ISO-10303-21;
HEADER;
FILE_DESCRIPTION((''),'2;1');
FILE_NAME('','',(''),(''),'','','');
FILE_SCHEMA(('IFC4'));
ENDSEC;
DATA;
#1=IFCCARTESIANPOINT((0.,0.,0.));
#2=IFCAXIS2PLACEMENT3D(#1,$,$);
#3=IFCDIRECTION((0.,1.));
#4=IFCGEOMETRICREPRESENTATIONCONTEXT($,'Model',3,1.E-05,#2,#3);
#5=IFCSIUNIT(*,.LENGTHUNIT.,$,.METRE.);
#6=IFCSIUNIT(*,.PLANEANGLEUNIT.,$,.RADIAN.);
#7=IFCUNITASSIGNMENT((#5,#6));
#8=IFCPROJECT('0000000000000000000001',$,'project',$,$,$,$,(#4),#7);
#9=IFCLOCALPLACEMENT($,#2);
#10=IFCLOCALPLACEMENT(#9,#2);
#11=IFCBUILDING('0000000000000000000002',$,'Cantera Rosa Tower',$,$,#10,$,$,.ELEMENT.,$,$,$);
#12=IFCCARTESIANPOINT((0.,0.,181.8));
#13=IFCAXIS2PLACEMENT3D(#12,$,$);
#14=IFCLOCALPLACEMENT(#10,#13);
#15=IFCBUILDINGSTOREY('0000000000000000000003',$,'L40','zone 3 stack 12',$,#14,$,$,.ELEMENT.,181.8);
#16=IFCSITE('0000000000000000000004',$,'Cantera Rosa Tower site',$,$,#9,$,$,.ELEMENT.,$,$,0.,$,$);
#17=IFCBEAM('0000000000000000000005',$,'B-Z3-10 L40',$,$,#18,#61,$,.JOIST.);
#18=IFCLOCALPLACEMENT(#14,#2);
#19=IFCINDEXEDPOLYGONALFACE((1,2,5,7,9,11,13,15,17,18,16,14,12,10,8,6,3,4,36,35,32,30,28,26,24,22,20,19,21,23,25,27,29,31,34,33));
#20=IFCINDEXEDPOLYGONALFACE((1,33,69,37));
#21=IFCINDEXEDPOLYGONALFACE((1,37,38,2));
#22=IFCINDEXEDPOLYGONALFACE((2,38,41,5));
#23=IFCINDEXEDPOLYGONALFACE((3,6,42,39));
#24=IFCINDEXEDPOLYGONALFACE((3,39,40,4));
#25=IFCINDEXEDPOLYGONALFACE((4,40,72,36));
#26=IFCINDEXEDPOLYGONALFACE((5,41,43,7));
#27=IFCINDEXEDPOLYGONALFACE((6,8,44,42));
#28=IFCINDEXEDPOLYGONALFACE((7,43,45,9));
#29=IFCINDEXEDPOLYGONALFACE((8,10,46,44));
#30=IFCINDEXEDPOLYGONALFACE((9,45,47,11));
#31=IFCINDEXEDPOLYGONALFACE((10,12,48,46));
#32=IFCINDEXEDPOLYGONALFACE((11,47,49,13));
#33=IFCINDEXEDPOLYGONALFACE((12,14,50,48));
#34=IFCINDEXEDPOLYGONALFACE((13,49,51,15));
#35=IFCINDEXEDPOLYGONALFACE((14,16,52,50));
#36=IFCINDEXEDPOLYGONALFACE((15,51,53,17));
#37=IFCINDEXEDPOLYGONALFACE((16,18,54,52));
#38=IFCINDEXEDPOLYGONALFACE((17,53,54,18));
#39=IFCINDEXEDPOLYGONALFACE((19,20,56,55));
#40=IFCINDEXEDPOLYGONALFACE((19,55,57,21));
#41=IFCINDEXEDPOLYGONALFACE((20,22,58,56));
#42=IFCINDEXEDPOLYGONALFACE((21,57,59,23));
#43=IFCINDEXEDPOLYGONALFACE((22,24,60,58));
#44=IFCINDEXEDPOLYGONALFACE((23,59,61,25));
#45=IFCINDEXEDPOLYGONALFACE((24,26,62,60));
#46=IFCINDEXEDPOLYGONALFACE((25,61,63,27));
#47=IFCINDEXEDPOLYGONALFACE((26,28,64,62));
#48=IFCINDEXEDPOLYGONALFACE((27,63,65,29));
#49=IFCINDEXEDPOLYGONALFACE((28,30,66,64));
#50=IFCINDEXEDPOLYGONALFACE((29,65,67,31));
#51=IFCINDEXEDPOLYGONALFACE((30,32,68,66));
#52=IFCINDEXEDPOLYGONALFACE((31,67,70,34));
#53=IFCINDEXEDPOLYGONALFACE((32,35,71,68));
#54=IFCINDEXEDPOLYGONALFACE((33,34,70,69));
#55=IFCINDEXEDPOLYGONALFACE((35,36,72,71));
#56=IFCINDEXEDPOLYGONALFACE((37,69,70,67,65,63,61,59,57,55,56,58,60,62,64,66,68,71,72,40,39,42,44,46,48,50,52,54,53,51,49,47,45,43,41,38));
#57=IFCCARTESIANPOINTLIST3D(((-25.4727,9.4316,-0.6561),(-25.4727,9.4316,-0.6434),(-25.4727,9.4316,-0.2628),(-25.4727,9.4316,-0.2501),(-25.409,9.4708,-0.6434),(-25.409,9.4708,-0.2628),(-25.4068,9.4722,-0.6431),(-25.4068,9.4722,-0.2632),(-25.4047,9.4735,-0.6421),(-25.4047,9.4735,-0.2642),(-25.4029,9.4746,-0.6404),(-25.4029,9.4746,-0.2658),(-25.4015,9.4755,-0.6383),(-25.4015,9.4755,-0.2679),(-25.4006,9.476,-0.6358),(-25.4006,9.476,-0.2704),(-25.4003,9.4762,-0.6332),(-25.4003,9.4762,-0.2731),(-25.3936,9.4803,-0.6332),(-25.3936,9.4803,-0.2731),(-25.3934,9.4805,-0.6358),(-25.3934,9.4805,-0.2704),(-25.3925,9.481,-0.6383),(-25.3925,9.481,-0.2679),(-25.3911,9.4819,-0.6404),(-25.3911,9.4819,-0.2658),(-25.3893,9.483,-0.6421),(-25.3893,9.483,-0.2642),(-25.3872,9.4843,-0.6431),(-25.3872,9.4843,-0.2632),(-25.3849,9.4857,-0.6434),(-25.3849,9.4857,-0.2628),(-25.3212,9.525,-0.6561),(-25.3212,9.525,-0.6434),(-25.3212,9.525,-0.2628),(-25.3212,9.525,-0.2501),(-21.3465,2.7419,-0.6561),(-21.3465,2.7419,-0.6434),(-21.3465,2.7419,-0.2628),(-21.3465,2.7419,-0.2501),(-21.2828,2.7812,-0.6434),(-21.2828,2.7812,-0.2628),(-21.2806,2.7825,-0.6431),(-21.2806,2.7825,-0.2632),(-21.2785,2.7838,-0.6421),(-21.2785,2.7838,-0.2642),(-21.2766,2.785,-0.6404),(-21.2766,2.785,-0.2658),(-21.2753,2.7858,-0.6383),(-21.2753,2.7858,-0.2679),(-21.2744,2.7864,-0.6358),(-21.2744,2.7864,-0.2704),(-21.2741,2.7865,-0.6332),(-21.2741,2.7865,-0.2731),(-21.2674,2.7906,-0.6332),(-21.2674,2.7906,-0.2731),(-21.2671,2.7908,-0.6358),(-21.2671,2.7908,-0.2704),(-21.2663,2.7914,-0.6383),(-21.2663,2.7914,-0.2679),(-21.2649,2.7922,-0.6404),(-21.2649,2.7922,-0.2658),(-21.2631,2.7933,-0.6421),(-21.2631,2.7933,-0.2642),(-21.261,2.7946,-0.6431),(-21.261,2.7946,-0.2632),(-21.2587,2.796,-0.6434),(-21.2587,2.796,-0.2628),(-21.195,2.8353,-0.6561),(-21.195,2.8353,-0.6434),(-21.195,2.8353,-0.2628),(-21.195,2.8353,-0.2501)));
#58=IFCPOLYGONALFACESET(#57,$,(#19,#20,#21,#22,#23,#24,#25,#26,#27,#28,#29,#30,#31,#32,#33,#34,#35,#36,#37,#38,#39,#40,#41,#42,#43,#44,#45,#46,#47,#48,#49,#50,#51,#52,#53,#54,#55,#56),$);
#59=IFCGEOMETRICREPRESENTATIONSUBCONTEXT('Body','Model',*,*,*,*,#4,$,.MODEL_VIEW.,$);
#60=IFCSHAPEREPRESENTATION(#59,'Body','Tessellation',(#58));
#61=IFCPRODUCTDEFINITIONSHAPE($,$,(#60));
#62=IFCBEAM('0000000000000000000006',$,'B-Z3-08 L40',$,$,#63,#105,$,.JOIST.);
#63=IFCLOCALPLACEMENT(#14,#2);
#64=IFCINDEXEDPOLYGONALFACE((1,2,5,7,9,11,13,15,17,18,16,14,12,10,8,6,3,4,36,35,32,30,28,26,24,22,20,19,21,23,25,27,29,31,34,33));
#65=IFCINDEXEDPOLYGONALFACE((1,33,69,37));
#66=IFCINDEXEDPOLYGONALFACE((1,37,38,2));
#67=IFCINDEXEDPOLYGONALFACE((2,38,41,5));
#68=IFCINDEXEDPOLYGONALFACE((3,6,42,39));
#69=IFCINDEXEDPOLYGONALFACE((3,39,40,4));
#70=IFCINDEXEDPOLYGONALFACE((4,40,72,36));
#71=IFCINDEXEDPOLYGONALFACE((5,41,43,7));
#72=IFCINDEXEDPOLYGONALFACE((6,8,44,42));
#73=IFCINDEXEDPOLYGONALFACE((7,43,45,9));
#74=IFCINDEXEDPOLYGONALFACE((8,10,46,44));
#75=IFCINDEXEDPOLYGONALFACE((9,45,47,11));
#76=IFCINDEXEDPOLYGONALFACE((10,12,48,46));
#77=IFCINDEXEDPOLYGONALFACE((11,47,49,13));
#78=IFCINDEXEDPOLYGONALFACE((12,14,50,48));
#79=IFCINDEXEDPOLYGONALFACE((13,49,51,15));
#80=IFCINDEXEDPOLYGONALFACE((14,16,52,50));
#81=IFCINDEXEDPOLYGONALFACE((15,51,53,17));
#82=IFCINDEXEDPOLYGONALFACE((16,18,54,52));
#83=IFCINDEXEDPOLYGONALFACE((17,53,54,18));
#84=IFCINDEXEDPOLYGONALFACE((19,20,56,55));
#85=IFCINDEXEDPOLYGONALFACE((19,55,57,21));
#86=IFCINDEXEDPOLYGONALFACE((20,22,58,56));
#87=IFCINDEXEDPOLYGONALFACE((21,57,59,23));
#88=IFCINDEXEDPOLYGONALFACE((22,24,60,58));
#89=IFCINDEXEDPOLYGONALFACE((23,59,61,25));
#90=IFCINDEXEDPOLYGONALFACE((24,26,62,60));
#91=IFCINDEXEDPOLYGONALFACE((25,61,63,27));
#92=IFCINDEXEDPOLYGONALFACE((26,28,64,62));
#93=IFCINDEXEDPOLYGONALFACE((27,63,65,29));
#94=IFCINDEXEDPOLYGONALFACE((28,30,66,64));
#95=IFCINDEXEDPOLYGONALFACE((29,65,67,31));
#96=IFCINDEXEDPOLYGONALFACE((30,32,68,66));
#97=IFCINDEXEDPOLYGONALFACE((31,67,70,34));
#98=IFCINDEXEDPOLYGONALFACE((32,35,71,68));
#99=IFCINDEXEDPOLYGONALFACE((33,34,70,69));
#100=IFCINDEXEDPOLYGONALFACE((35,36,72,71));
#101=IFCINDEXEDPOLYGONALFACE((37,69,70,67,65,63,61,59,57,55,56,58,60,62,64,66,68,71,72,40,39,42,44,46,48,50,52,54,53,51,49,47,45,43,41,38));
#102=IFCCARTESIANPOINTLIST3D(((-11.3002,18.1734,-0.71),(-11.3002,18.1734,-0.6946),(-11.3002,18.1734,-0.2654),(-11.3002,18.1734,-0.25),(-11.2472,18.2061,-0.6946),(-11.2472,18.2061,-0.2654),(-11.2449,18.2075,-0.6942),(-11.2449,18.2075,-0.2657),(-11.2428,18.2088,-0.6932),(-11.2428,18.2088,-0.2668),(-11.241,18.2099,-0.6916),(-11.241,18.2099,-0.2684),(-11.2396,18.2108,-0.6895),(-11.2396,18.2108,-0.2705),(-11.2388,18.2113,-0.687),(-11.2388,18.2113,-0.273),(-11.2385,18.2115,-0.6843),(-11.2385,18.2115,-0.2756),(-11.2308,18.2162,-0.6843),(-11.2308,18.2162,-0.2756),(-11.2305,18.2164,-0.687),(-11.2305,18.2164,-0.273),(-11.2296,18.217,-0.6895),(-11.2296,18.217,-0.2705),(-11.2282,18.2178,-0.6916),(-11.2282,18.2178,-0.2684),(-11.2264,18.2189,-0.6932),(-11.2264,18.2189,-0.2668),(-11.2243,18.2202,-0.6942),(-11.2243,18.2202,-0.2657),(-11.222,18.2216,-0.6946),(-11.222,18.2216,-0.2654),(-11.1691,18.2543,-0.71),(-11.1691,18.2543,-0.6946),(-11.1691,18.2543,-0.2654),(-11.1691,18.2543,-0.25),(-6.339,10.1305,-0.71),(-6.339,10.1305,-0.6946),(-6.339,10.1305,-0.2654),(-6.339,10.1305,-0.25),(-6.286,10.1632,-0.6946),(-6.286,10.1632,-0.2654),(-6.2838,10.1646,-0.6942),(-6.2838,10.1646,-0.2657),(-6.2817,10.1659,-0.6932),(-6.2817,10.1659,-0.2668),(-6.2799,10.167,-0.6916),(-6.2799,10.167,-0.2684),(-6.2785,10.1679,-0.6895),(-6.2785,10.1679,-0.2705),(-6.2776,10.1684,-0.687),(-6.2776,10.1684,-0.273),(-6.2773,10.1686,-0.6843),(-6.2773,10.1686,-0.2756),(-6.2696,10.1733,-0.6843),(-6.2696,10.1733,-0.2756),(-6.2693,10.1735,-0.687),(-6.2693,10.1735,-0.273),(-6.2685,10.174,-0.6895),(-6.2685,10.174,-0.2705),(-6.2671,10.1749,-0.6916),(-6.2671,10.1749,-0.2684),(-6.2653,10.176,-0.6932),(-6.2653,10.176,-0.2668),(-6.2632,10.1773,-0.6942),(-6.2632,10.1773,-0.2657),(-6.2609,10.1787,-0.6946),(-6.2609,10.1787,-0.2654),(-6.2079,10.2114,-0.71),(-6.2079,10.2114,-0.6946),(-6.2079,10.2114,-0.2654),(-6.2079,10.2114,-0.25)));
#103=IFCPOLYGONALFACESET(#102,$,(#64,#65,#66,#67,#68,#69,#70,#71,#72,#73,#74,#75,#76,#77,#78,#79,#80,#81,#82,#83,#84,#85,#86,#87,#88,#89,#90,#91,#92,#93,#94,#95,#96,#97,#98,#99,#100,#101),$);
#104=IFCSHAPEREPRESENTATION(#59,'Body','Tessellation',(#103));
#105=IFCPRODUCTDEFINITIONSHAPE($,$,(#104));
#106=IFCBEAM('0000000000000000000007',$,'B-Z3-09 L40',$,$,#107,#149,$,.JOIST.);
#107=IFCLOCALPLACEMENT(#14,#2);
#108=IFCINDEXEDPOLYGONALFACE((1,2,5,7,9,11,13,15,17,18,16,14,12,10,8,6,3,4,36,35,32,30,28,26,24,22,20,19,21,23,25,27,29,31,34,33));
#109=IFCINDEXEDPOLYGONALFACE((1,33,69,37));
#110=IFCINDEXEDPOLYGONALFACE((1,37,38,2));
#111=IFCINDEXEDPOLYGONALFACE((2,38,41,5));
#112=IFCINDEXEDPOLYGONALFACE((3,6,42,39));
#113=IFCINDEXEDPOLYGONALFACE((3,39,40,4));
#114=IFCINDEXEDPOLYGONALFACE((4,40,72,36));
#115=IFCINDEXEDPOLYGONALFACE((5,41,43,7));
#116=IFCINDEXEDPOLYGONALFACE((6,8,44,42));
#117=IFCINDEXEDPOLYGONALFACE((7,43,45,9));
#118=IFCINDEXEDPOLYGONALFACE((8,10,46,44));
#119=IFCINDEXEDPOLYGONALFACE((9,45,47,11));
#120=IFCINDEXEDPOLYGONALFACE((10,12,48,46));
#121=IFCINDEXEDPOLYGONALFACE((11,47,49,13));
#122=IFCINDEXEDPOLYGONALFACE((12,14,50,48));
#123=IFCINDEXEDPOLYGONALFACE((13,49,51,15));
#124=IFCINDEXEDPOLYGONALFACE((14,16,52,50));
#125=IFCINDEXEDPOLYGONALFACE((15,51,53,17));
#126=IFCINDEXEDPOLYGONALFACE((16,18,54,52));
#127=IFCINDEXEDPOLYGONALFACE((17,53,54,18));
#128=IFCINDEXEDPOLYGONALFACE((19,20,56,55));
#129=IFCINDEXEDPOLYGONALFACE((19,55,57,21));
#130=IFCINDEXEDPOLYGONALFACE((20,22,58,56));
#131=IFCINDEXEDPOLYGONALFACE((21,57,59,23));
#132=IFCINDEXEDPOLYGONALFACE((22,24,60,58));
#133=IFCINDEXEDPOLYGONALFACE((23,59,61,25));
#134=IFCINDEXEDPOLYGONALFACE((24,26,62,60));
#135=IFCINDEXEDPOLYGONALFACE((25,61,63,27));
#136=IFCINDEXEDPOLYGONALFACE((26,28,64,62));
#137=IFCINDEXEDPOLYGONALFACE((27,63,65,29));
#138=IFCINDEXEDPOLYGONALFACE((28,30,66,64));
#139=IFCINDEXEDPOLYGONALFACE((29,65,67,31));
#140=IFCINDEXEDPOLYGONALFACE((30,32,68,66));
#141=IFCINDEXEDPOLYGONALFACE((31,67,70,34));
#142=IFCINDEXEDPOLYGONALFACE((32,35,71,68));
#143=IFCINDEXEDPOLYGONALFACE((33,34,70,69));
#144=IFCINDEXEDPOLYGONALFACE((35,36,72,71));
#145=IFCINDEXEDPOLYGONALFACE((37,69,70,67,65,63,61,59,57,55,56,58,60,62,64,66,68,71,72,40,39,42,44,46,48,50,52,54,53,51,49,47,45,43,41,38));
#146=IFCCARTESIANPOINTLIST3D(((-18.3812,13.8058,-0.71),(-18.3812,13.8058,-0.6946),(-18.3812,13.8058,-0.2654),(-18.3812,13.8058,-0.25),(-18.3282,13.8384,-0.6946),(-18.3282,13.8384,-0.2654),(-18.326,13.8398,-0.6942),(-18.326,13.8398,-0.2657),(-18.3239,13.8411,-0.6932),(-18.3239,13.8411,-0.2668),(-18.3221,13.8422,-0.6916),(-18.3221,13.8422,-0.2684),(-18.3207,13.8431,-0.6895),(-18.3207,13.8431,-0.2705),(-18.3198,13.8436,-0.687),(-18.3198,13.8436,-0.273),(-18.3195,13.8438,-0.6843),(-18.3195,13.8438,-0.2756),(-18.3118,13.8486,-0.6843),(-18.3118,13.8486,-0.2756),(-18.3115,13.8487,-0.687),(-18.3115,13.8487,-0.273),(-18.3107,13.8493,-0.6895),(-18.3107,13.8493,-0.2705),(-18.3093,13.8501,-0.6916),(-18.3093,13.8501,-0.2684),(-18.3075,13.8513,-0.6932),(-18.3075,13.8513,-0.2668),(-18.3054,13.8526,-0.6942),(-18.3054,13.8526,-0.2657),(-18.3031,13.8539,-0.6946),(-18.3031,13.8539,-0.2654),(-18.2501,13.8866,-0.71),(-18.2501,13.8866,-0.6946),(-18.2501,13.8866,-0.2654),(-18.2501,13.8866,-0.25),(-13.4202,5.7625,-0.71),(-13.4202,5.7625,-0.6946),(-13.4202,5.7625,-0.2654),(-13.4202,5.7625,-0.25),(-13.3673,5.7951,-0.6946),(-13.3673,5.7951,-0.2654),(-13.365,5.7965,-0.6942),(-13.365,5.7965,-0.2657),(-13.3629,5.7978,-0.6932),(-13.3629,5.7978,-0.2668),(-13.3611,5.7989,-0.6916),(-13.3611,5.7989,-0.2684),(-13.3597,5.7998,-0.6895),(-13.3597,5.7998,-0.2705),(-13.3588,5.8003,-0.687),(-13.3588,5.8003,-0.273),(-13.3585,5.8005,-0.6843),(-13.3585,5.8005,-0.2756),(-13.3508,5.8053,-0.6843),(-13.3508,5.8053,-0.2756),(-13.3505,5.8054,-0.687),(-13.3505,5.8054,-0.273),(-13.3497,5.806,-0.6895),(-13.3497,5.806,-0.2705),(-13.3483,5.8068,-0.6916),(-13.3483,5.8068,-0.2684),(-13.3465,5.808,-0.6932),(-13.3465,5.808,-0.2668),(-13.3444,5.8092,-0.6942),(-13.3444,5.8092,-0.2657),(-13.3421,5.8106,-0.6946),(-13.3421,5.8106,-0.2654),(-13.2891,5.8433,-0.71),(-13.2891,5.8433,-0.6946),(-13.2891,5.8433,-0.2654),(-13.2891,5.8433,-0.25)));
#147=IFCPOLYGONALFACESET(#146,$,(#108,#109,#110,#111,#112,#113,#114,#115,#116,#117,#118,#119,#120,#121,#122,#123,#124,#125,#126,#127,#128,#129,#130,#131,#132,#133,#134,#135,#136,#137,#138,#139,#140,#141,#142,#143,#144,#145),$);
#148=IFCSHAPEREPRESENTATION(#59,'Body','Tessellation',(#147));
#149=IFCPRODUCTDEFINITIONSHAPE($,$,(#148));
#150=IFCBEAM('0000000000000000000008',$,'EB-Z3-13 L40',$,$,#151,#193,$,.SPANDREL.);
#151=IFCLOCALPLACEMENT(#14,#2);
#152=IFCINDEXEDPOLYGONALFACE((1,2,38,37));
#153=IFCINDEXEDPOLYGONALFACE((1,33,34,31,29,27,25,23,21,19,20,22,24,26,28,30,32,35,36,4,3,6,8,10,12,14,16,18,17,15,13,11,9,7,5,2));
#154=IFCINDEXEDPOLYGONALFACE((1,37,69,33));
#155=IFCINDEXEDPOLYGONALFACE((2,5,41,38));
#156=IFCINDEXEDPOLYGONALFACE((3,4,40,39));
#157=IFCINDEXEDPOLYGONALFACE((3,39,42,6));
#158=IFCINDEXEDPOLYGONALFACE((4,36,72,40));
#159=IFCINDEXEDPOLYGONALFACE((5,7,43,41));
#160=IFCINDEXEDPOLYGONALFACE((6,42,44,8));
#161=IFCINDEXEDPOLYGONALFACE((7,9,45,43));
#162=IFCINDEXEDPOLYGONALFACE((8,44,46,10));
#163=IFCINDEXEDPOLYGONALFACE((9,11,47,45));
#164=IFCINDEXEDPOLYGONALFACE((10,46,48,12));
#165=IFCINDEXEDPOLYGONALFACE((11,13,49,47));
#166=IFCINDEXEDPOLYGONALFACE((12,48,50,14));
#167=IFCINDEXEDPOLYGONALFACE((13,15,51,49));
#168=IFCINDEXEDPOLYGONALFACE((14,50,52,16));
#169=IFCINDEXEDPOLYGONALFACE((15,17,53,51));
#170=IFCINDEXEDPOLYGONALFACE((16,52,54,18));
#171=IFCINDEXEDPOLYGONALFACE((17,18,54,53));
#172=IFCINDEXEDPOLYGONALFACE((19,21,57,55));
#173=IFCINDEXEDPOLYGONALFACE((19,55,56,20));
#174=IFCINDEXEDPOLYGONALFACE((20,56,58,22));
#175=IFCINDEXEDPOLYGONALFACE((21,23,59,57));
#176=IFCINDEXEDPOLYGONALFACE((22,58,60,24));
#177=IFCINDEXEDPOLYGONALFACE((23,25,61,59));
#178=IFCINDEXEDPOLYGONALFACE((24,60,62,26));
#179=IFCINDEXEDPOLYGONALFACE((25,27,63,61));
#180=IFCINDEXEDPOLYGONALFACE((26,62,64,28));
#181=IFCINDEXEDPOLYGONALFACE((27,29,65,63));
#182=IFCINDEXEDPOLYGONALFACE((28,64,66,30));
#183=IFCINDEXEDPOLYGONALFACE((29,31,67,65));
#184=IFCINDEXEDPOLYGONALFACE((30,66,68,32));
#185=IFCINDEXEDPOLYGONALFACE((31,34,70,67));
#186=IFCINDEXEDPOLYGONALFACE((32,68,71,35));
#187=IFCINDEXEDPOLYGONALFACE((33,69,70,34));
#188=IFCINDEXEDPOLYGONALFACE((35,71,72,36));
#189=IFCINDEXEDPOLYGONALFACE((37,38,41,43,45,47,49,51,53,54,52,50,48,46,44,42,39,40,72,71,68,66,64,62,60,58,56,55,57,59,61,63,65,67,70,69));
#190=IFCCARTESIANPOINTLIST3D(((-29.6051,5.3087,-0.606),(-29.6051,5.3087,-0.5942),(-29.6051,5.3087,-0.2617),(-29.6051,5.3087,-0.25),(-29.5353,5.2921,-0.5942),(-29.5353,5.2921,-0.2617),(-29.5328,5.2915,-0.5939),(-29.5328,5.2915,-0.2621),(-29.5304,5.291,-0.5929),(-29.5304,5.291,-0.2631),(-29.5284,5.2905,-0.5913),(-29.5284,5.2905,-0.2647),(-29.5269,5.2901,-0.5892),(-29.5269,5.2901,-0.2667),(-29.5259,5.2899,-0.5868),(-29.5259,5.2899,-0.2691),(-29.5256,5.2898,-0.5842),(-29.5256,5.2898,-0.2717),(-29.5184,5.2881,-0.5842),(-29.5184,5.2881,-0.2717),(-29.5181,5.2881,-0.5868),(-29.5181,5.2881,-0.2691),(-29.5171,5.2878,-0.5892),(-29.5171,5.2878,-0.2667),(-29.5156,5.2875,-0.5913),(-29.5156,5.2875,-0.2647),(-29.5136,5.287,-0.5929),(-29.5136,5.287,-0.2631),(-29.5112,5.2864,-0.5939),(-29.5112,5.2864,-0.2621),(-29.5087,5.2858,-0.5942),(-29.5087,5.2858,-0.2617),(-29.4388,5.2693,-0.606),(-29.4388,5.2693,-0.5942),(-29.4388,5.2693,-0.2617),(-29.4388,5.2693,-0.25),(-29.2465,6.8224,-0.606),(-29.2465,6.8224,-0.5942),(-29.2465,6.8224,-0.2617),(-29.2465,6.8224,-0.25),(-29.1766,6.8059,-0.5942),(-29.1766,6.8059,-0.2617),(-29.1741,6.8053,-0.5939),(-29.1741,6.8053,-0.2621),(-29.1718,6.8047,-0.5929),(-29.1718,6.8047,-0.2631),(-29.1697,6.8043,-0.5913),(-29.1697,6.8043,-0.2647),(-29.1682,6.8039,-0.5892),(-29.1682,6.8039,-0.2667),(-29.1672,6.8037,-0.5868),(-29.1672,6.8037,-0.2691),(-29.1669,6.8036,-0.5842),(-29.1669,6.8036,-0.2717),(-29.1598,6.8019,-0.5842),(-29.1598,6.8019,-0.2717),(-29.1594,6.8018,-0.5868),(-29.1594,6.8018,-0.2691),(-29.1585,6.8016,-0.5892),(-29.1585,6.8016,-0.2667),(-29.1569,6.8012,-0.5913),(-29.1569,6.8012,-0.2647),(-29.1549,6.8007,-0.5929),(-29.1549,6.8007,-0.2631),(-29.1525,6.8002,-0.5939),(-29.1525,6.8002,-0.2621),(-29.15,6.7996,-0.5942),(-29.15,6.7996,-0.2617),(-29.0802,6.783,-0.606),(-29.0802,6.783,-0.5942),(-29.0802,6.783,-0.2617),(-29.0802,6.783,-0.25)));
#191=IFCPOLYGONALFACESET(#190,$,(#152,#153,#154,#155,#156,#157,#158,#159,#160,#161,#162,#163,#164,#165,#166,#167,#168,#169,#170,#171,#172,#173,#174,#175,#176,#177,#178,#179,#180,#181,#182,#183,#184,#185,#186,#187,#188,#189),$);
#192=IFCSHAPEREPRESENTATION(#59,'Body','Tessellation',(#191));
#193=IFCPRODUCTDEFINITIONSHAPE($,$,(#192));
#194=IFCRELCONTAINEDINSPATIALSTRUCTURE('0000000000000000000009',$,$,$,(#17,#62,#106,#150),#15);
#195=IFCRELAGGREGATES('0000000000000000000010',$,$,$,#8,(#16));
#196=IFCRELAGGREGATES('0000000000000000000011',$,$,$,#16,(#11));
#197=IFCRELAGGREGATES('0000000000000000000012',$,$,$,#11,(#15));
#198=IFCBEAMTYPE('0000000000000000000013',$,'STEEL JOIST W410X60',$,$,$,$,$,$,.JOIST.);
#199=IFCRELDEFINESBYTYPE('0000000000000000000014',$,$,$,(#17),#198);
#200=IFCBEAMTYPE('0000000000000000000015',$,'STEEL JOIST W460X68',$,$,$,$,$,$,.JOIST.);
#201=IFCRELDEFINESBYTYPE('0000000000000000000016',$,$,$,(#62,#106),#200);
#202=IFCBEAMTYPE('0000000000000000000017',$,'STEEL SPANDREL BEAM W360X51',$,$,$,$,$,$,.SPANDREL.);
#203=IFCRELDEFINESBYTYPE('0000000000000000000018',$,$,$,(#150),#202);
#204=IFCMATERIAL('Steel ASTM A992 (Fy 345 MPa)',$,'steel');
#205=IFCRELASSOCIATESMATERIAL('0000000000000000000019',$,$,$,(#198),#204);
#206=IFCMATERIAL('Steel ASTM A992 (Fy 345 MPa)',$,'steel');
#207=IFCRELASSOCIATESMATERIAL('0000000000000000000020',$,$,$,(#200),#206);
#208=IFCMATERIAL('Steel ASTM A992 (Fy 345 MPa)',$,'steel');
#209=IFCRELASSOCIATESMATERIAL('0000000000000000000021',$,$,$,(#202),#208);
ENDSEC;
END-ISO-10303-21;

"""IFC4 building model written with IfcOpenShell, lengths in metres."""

from ifc_helpers import new_model, si_unit, direction, frame, origin, origin_2d, place, context, subcontext, project, spatial, i_section, extrude, material, material_profile, profile_set, type_object, element, save


model = new_model("IFC4")

# Units and contexts
model_context = context("Model", 3, precision=1e-05, world=origin(), true_north=direction((0.0, 1.0)))
body_context = subcontext(model_context, "Body", "Model", "MODEL_VIEW")
ifc_project = project(units=[si_unit("LENGTHUNIT", "METRE"), si_unit("PLANEANGLEUNIT", "RADIAN")], contexts=[model_context])

# Site, building, storey
site_placement = place(None, origin())
site = spatial("IfcSite", under=ifc_project, at=site_placement, Name="Cantera Rosa Tower site", CompositionType="ELEMENT", RefElevation=0.0)
building_placement = place(site_placement, origin())
building = spatial("IfcBuilding", under=site, at=building_placement, Name="Cantera Rosa Tower", CompositionType="ELEMENT")
storey_placement = place(building_placement, frame((0.0, 0.0, 181.8)))
storey = spatial("IfcBuildingStorey", under=building, at=storey_placement, Name="L40", Description="zone 3 stack 12", CompositionType="ELEMENT", Elevation=181.8)

# Beams
ifc_material_1 = material(Name="Steel ASTM A992 (Fy 345 MPa)", Category="steel")
ifc_material_profile_1 = material_profile(ifc_material_1, i_section(OverallWidth=0.178, OverallDepth=0.406, WebThickness=0.0078, FlangeThickness=0.0127, FilletRadius=0.0103, at=origin_2d()), Name="W410X60")
ifc_profile_set_1 = profile_set([ifc_material_profile_1], Name="Steel ASTM A992 (Fy 345 MPa)")
beam_type_1 = type_object("IfcBeamType", Name="STEEL JOIST W410X60", PredefinedType="JOIST", material=ifc_profile_set_1)
beam_1_placement = place(storey_placement, frame((-25.397, 9.4783, -0.4531), z_axis=(0.524972, -0.851119, 0.0), x_axis=(0.851119, 0.524972, 0.0)))
element("IfcBeam", 1, at=beam_1_placement, inside=storey, type_object=beam_type_1, Name="B-Z3-10 L40", PredefinedType="JOIST", context=body_context, shape_type="SweptSolid", body=[
    extrude(i_section(OverallWidth=0.178, OverallDepth=0.406, WebThickness=0.0078, FlangeThickness=0.0127, FilletRadius=0.0103, at=origin_2d()), origin(), (0.0, 0.0, 1.0), 7.8599),
])
ifc_material_2 = material(Name="Steel ASTM A992 (Fy 345 MPa)", Category="steel")
ifc_material_profile_2 = material_profile(ifc_material_2, i_section(OverallWidth=0.1541, OverallDepth=0.46, WebThickness=0.009, FlangeThickness=0.0154, FilletRadius=0.0103, at=origin_2d()), Name="W460X68")
ifc_profile_set_2 = profile_set([ifc_material_profile_2], Name="Steel ASTM A992 (Fy 345 MPa)")
beam_type_2 = type_object("IfcBeamType", Name="STEEL JOIST W460X68", PredefinedType="JOIST", material=ifc_profile_set_2)
beam_2_placement = place(storey_placement, frame((-11.2346, 18.2139, -0.48), z_axis=(0.524992, -0.851107, 0.0), x_axis=(0.851107, 0.524992, 0.0)))
element("IfcBeam", 2, at=beam_2_placement, inside=storey, type_object=beam_type_2, Name="B-Z3-08 L40", PredefinedType="JOIST", context=body_context, shape_type="SweptSolid", body=[
    extrude(i_section(OverallWidth=0.1541, OverallDepth=0.46, WebThickness=0.009, FlangeThickness=0.0154, FilletRadius=0.0103, at=origin_2d()), origin(), (0.0, 0.0, 1.0), 9.45),
])
beam_3_placement = place(storey_placement, frame((-18.3157, 13.8462, -0.48), z_axis=(0.524962, -0.851126, 0.0), x_axis=(0.851126, 0.524962, 0.0)))
element("IfcBeam", 3, at=beam_3_placement, inside=storey, type_object=beam_type_2, Name="B-Z3-09 L40", PredefinedType="JOIST", context=body_context, shape_type="SweptSolid", body=[
    extrude(i_section(OverallWidth=0.1541, OverallDepth=0.46, WebThickness=0.009, FlangeThickness=0.0154, FilletRadius=0.0103, at=origin_2d()), origin(), (0.0, 0.0, 1.0), 9.4502),
])
ifc_material_3 = material(Name="Steel ASTM A992 (Fy 345 MPa)", Category="steel")
ifc_material_profile_3 = material_profile(ifc_material_3, i_section(OverallWidth=0.1709, OverallDepth=0.356, WebThickness=0.0073, FlangeThickness=0.0117, FilletRadius=0.01, at=origin_2d()), Name="W360X51")
ifc_profile_set_3 = profile_set([ifc_material_profile_3], Name="Steel ASTM A992 (Fy 345 MPa)")
beam_type_3 = type_object("IfcBeamType", Name="STEEL SPANDREL BEAM W360X51", PredefinedType="SPANDREL", material=ifc_profile_set_3)
for number, where, z_axis, x_axis, name in (
    (4, (-29.1633, 6.8027, -0.428), (-0.230552, -0.97306, 0.0), (0.97306, -0.230552, 0.0), "EB-Z3-13 L40"),
):
    element("IfcBeam", number, at=place(storey_placement, frame(where, z_axis=z_axis, x_axis=x_axis)), inside=storey, type_object=beam_type_3, Name=name, PredefinedType="SPANDREL", context=body_context, shape_type="SweptSolid", body=[
        extrude(i_section(OverallWidth=0.1709, OverallDepth=0.356, WebThickness=0.0073, FlangeThickness=0.0117, FilletRadius=0.01, at=origin_2d()), origin(), (0.0, 0.0, 1.0), 1.5557),
    ])

save(model, "model.ifc")
